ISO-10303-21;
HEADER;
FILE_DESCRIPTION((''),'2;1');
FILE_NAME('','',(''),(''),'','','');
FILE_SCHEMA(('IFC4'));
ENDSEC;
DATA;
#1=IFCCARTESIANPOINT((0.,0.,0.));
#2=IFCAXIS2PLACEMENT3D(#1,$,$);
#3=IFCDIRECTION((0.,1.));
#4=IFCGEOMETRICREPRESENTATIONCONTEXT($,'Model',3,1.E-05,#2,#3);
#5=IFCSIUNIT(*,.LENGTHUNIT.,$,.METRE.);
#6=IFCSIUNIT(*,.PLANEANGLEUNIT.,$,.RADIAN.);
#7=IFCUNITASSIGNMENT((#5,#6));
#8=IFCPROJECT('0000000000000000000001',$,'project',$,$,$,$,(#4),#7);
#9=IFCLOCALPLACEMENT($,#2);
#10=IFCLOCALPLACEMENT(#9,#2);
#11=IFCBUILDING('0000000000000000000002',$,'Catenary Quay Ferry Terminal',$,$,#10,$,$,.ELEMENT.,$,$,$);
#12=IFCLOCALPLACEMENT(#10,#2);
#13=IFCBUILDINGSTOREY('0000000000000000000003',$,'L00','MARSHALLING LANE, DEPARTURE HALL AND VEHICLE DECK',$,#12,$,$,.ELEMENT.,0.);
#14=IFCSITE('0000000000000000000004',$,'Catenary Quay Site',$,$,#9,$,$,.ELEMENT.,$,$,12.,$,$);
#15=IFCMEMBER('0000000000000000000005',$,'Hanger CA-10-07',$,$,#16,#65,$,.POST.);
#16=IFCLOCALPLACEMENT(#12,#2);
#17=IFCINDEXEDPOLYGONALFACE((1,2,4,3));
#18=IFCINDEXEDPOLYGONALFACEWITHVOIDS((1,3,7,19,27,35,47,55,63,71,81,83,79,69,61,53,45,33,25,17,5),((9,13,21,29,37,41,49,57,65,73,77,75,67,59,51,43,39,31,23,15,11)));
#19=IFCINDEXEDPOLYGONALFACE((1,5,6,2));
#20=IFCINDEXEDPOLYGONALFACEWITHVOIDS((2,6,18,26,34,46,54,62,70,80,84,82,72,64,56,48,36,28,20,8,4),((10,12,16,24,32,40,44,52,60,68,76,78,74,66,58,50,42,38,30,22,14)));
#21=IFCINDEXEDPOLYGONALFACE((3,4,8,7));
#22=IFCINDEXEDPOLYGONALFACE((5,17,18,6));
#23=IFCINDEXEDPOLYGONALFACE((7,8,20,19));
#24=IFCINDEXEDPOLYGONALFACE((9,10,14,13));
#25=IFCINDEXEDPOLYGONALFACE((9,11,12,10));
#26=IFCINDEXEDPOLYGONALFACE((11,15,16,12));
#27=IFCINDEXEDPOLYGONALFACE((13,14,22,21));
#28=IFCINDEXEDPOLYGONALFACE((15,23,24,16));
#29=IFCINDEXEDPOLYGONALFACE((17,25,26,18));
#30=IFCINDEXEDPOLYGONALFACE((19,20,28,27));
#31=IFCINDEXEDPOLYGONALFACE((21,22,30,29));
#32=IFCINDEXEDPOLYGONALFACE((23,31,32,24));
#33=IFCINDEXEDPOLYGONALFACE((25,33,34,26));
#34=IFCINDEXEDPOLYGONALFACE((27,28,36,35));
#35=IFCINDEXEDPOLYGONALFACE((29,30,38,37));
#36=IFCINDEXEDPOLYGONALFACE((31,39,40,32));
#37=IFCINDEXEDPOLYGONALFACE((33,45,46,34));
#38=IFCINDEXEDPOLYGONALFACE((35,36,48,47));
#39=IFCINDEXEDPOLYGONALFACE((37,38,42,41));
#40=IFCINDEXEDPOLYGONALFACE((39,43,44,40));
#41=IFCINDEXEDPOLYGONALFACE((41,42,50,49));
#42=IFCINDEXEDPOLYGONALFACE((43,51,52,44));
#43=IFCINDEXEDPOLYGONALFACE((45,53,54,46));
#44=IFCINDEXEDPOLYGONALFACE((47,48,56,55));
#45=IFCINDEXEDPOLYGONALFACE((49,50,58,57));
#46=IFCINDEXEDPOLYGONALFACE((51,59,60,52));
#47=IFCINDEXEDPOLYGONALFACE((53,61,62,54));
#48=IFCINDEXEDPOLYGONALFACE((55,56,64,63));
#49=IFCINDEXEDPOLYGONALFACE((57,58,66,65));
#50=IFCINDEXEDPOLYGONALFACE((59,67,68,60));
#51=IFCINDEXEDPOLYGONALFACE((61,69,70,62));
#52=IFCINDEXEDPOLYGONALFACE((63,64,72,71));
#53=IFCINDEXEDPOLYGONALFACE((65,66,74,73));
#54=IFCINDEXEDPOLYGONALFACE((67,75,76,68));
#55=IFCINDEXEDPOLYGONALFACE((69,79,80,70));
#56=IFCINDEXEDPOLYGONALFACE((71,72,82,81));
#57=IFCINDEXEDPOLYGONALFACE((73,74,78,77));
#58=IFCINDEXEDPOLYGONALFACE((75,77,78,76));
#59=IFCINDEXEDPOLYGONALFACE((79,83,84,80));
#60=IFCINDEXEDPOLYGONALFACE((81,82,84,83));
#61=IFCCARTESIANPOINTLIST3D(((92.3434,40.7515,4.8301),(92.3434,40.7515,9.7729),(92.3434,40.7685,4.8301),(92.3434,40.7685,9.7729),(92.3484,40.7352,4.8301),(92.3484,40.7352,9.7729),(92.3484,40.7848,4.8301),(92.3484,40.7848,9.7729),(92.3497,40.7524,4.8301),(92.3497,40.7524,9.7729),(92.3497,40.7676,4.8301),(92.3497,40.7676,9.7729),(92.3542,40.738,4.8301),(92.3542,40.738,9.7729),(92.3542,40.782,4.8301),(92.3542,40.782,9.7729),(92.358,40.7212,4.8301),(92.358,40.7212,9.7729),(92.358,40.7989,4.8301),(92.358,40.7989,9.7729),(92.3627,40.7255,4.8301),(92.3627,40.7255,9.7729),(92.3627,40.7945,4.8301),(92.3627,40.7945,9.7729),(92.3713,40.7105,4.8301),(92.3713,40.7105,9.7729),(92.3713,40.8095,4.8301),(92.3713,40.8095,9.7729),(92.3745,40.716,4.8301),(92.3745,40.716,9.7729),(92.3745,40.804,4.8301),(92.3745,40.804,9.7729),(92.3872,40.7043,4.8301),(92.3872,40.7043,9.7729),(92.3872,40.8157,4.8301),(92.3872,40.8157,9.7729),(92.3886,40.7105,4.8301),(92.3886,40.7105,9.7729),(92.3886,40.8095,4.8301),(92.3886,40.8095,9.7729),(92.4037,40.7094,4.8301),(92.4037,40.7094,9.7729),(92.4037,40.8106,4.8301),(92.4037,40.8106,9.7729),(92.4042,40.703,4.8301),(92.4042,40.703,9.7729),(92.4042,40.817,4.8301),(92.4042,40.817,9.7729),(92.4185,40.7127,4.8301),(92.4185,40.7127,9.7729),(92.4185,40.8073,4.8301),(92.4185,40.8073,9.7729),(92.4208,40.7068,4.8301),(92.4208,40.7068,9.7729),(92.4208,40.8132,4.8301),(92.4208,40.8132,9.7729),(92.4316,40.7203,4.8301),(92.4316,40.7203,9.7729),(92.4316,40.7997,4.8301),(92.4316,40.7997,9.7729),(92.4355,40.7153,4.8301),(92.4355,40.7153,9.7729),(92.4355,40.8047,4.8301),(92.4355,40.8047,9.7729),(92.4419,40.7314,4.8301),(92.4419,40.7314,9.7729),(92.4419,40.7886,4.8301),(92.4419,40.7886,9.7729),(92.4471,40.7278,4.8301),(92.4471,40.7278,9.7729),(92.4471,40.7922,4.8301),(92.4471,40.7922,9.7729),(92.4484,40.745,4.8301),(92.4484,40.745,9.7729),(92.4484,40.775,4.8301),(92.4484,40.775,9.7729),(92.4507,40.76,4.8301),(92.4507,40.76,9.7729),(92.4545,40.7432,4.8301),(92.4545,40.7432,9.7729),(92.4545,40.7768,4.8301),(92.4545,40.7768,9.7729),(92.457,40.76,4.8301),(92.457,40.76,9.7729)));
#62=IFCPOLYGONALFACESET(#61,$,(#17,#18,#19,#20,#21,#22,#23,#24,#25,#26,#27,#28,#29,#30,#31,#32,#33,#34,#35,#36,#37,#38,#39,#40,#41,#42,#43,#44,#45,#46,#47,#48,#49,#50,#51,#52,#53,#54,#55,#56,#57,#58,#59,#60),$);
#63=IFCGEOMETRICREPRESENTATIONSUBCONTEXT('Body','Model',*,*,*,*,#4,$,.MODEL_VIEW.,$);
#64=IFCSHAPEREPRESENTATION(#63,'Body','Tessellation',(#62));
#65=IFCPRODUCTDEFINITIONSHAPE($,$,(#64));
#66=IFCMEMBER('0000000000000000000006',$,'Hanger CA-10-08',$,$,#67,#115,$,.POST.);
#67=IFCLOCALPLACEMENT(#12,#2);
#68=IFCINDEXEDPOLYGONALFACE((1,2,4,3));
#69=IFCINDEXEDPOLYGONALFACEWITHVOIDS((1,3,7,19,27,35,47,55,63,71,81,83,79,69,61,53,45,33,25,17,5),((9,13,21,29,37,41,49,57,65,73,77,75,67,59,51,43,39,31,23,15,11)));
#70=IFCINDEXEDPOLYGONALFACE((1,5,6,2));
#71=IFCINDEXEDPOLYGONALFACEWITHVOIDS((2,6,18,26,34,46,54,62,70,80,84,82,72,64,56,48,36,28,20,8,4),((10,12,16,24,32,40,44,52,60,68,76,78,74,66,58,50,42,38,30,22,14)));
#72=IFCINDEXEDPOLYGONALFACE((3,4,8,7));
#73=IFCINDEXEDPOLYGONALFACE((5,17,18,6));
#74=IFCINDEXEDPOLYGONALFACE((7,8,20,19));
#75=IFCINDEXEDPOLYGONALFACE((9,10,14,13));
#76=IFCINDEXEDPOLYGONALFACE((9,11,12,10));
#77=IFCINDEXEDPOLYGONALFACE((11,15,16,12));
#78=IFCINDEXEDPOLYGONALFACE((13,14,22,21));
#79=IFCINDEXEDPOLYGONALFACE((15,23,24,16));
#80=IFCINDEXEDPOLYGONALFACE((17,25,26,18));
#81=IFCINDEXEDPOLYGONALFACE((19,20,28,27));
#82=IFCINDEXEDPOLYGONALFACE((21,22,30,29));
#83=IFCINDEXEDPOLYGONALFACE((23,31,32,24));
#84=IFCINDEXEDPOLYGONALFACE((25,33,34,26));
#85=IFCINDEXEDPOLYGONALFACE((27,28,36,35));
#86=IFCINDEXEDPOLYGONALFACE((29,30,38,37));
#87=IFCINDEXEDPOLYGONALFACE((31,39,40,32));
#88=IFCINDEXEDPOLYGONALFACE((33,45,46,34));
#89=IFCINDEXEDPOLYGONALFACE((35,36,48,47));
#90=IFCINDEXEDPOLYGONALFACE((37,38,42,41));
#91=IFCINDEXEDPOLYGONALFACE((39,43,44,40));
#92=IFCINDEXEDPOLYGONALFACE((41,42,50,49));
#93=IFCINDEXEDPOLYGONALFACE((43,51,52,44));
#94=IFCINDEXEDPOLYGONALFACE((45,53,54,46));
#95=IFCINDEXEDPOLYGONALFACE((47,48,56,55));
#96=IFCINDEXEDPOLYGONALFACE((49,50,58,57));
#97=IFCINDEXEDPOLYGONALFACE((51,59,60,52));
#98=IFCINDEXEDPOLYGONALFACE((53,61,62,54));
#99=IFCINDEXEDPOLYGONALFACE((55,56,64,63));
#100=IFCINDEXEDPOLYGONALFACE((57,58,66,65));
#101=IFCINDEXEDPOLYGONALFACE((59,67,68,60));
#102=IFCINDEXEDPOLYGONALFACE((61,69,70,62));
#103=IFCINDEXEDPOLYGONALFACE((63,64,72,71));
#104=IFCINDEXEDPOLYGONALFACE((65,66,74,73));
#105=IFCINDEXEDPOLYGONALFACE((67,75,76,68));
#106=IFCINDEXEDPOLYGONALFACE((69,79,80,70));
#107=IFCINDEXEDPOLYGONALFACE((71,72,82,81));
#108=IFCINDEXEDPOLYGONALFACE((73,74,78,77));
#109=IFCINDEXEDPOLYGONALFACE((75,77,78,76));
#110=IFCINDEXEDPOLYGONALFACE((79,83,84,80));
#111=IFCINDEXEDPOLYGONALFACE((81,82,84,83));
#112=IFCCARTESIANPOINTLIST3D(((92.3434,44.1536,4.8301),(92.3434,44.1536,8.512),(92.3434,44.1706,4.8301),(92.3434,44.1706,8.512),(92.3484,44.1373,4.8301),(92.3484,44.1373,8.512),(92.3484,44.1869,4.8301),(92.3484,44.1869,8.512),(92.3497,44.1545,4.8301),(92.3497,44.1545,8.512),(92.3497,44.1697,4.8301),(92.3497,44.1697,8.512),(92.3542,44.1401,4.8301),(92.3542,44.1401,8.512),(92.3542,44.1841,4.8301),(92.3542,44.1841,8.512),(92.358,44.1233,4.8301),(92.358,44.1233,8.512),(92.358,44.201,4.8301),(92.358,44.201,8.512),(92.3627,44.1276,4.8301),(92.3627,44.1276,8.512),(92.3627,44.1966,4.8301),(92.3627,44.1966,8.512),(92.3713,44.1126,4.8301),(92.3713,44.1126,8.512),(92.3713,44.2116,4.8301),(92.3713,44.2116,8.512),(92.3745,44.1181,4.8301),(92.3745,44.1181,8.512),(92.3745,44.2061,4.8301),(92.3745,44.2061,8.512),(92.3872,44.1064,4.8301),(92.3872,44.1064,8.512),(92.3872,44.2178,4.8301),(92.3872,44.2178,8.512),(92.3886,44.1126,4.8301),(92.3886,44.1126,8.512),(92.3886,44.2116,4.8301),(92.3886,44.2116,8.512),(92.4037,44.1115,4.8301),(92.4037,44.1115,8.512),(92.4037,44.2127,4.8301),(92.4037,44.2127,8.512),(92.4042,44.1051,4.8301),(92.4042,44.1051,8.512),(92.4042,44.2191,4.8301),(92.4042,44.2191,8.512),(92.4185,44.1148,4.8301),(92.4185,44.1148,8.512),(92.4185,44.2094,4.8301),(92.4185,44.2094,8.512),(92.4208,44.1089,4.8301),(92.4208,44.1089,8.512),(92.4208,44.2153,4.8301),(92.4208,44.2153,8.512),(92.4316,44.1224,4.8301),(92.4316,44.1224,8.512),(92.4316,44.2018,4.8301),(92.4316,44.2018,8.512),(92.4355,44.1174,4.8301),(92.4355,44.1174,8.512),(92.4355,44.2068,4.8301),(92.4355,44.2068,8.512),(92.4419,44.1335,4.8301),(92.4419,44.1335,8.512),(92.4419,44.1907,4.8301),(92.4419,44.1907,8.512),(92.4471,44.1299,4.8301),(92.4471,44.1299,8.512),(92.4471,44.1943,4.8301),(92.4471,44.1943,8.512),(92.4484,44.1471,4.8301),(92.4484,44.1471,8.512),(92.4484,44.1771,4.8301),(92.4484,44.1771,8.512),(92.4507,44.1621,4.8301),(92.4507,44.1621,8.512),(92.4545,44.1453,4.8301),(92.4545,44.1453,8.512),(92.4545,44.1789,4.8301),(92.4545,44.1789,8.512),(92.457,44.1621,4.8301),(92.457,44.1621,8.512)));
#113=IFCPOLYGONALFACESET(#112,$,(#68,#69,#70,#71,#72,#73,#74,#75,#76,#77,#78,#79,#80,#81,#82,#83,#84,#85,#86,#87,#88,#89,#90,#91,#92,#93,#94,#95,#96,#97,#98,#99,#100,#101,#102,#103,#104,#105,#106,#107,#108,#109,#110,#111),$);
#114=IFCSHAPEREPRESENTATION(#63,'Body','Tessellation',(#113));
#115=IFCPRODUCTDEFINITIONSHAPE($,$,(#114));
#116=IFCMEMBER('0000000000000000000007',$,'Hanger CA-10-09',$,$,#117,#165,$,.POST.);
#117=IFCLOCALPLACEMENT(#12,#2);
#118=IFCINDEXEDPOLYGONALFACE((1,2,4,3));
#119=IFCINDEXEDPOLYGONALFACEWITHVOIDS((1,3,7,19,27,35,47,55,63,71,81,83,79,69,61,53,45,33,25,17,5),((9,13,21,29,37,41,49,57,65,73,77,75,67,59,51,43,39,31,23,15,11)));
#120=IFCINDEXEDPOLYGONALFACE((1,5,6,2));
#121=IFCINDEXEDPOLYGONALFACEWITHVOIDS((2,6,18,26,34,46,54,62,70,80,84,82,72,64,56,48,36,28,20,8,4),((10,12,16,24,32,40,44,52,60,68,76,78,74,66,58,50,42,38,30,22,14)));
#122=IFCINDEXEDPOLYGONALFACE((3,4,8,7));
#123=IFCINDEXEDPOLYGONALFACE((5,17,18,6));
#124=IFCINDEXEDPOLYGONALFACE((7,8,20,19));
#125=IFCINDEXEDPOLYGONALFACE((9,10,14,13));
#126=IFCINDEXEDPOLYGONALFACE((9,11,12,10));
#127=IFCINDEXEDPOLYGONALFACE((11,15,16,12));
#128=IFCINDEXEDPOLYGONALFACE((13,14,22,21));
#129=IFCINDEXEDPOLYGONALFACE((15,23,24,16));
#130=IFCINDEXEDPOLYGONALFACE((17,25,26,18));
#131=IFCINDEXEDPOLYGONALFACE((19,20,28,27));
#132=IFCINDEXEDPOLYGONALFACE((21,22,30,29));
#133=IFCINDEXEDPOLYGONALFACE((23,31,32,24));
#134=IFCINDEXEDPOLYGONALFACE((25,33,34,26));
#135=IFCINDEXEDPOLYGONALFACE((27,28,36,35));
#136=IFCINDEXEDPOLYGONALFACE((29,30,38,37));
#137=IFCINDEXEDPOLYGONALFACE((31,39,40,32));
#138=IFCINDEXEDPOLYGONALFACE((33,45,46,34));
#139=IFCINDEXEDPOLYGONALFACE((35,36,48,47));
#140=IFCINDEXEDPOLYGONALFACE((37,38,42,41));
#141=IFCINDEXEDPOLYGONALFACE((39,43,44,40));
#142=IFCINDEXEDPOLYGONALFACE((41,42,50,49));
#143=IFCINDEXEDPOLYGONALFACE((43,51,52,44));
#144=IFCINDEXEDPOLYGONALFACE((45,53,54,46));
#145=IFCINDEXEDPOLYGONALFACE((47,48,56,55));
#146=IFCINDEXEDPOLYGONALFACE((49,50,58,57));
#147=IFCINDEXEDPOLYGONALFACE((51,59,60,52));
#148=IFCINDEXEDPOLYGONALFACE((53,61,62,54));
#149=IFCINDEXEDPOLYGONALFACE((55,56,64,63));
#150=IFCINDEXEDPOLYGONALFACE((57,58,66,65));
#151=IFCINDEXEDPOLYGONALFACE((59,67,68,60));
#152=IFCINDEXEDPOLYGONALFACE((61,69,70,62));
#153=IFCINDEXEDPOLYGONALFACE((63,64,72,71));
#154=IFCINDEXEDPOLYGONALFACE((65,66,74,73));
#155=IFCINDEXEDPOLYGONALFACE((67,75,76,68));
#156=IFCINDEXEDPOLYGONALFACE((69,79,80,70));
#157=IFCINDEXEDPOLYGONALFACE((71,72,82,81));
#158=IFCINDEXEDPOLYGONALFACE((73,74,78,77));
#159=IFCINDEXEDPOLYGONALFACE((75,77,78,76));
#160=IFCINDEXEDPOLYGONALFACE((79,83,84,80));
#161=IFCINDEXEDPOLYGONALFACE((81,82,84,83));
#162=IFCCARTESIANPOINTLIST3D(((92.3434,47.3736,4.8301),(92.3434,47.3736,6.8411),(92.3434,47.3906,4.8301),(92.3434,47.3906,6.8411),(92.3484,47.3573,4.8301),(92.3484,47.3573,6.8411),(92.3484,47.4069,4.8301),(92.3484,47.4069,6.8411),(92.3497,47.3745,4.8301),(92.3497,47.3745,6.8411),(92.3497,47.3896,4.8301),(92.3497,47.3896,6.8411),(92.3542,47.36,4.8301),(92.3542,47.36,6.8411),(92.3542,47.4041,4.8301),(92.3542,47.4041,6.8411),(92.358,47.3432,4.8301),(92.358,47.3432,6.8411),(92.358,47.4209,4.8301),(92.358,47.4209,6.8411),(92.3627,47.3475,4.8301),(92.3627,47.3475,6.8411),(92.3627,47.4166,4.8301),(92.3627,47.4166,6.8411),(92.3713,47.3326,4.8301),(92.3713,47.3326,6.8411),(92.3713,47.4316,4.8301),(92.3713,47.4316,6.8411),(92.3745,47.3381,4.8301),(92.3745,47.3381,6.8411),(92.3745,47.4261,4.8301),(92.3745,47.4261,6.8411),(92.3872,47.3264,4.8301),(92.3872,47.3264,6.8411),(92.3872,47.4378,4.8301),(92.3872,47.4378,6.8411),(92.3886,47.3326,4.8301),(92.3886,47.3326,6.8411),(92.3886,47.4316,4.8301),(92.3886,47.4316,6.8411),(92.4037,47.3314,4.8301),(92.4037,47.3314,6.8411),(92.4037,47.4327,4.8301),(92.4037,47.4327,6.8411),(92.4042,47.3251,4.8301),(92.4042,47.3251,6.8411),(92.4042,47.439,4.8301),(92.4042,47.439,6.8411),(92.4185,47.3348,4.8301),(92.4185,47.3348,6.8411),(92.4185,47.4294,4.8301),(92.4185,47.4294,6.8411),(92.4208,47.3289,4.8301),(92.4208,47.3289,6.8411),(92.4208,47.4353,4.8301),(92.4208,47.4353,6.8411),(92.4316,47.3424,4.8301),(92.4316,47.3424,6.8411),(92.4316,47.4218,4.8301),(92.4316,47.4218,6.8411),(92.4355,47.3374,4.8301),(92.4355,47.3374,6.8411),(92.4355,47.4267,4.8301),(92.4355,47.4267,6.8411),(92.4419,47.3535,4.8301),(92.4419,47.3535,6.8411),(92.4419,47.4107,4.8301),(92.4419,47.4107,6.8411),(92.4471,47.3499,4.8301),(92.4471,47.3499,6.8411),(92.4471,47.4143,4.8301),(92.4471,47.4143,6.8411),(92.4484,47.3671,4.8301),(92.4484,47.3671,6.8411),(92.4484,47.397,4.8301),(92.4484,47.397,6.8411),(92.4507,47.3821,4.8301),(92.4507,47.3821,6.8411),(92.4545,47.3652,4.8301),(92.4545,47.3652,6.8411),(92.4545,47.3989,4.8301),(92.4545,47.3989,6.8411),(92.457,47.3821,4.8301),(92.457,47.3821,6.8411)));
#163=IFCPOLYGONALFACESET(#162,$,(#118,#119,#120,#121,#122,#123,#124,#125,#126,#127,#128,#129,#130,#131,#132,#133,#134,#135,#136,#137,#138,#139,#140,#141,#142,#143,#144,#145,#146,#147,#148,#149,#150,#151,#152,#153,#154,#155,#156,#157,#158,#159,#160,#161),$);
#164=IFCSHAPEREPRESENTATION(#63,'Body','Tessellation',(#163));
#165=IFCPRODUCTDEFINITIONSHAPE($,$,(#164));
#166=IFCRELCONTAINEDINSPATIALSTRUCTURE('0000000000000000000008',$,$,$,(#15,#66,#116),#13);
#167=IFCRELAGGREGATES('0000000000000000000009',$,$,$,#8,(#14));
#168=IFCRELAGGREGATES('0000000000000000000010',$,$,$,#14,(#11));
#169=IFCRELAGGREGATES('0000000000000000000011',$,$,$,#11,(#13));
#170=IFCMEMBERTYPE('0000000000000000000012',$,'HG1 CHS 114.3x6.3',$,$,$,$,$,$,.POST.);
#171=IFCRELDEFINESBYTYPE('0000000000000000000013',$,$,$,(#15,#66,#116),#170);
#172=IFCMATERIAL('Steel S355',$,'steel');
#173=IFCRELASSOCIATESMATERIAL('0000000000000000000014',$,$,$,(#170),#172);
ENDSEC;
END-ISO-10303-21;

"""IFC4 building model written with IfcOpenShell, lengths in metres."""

from ifc_helpers import new_model, si_unit, direction, frame, origin, origin_2d, place, context, subcontext, project, spatial, hollow_circle, extrude, material, material_profile, profile_set, type_object, element, save


model = new_model("IFC4")

# Units and contexts
model_context = context("Model", 3, precision=1e-05, world=origin(), true_north=direction((0.0, 1.0)))
body_context = subcontext(model_context, "Body", "Model", "MODEL_VIEW")
ifc_project = project(units=[si_unit("LENGTHUNIT", "METRE"), si_unit("PLANEANGLEUNIT", "RADIAN")], contexts=[model_context])

# Site, building, storey
site_placement = place(None, origin())
site = spatial("IfcSite", under=ifc_project, at=site_placement, Name="Catenary Quay Site", CompositionType="ELEMENT", RefElevation=12.0)
building_placement = place(site_placement, origin())
building = spatial("IfcBuilding", under=site, at=building_placement, Name="Catenary Quay Ferry Terminal", CompositionType="ELEMENT")
storey_placement = place(building_placement, origin())
storey = spatial("IfcBuildingStorey", under=building, at=storey_placement, Name="L00", Description="MARSHALLING LANE, DEPARTURE HALL AND VEHICLE DECK", CompositionType="ELEMENT", Elevation=0.0)

# Members
ifc_material_1 = material(Name="Steel S355", Category="steel")
ifc_material_profile_1 = material_profile(ifc_material_1, hollow_circle(Radius=0.0571, WallThickness=0.0063, at=origin_2d()), Name="CHS 114.3x6.3")
ifc_profile_set_1 = profile_set([ifc_material_profile_1], Name="Steel S355")
member_type_1 = type_object("IfcMemberType", Name="HG1 CHS 114.3x6.3", PredefinedType="POST", material=ifc_profile_set_1)
member_1_placement = place(storey_placement, frame((92.3999, 40.76, 4.8301), z_axis=(0.0, 0.0, 1.0), x_axis=(1.0, 0.0, 0.0)))
element("IfcMember", 1, at=member_1_placement, inside=storey, type_object=member_type_1, Name="Hanger CA-10-07", PredefinedType="POST", context=body_context, shape_type="SweptSolid", body=[
    extrude(hollow_circle(Radius=0.0571, WallThickness=0.0063, at=origin_2d()), origin(), (0.0, 0.0, 1.0), 4.9429),
])
member_2_placement = place(storey_placement, frame((92.3999, 44.1621, 4.8301), z_axis=(0.0, 0.0, 1.0), x_axis=(1.0, 0.0, 0.0)))
element("IfcMember", 2, at=member_2_placement, inside=storey, type_object=member_type_1, Name="Hanger CA-10-08", PredefinedType="POST", context=body_context, shape_type="SweptSolid", body=[
    extrude(hollow_circle(Radius=0.0571, WallThickness=0.0063, at=origin_2d()), origin(), (0.0, 0.0, 1.0), 3.6819),
])
member_3_placement = place(storey_placement, frame((92.3999, 47.3821, 4.8301), z_axis=(0.0, 0.0, 1.0), x_axis=(1.0, 0.0, 0.0)))
element("IfcMember", 3, at=member_3_placement, inside=storey, type_object=member_type_1, Name="Hanger CA-10-09", PredefinedType="POST", context=body_context, shape_type="SweptSolid", body=[
    extrude(hollow_circle(Radius=0.0571, WallThickness=0.0063, at=origin_2d()), origin(), (0.0, 0.0, 1.0), 2.011),
])

save(model, "model.ifc")
